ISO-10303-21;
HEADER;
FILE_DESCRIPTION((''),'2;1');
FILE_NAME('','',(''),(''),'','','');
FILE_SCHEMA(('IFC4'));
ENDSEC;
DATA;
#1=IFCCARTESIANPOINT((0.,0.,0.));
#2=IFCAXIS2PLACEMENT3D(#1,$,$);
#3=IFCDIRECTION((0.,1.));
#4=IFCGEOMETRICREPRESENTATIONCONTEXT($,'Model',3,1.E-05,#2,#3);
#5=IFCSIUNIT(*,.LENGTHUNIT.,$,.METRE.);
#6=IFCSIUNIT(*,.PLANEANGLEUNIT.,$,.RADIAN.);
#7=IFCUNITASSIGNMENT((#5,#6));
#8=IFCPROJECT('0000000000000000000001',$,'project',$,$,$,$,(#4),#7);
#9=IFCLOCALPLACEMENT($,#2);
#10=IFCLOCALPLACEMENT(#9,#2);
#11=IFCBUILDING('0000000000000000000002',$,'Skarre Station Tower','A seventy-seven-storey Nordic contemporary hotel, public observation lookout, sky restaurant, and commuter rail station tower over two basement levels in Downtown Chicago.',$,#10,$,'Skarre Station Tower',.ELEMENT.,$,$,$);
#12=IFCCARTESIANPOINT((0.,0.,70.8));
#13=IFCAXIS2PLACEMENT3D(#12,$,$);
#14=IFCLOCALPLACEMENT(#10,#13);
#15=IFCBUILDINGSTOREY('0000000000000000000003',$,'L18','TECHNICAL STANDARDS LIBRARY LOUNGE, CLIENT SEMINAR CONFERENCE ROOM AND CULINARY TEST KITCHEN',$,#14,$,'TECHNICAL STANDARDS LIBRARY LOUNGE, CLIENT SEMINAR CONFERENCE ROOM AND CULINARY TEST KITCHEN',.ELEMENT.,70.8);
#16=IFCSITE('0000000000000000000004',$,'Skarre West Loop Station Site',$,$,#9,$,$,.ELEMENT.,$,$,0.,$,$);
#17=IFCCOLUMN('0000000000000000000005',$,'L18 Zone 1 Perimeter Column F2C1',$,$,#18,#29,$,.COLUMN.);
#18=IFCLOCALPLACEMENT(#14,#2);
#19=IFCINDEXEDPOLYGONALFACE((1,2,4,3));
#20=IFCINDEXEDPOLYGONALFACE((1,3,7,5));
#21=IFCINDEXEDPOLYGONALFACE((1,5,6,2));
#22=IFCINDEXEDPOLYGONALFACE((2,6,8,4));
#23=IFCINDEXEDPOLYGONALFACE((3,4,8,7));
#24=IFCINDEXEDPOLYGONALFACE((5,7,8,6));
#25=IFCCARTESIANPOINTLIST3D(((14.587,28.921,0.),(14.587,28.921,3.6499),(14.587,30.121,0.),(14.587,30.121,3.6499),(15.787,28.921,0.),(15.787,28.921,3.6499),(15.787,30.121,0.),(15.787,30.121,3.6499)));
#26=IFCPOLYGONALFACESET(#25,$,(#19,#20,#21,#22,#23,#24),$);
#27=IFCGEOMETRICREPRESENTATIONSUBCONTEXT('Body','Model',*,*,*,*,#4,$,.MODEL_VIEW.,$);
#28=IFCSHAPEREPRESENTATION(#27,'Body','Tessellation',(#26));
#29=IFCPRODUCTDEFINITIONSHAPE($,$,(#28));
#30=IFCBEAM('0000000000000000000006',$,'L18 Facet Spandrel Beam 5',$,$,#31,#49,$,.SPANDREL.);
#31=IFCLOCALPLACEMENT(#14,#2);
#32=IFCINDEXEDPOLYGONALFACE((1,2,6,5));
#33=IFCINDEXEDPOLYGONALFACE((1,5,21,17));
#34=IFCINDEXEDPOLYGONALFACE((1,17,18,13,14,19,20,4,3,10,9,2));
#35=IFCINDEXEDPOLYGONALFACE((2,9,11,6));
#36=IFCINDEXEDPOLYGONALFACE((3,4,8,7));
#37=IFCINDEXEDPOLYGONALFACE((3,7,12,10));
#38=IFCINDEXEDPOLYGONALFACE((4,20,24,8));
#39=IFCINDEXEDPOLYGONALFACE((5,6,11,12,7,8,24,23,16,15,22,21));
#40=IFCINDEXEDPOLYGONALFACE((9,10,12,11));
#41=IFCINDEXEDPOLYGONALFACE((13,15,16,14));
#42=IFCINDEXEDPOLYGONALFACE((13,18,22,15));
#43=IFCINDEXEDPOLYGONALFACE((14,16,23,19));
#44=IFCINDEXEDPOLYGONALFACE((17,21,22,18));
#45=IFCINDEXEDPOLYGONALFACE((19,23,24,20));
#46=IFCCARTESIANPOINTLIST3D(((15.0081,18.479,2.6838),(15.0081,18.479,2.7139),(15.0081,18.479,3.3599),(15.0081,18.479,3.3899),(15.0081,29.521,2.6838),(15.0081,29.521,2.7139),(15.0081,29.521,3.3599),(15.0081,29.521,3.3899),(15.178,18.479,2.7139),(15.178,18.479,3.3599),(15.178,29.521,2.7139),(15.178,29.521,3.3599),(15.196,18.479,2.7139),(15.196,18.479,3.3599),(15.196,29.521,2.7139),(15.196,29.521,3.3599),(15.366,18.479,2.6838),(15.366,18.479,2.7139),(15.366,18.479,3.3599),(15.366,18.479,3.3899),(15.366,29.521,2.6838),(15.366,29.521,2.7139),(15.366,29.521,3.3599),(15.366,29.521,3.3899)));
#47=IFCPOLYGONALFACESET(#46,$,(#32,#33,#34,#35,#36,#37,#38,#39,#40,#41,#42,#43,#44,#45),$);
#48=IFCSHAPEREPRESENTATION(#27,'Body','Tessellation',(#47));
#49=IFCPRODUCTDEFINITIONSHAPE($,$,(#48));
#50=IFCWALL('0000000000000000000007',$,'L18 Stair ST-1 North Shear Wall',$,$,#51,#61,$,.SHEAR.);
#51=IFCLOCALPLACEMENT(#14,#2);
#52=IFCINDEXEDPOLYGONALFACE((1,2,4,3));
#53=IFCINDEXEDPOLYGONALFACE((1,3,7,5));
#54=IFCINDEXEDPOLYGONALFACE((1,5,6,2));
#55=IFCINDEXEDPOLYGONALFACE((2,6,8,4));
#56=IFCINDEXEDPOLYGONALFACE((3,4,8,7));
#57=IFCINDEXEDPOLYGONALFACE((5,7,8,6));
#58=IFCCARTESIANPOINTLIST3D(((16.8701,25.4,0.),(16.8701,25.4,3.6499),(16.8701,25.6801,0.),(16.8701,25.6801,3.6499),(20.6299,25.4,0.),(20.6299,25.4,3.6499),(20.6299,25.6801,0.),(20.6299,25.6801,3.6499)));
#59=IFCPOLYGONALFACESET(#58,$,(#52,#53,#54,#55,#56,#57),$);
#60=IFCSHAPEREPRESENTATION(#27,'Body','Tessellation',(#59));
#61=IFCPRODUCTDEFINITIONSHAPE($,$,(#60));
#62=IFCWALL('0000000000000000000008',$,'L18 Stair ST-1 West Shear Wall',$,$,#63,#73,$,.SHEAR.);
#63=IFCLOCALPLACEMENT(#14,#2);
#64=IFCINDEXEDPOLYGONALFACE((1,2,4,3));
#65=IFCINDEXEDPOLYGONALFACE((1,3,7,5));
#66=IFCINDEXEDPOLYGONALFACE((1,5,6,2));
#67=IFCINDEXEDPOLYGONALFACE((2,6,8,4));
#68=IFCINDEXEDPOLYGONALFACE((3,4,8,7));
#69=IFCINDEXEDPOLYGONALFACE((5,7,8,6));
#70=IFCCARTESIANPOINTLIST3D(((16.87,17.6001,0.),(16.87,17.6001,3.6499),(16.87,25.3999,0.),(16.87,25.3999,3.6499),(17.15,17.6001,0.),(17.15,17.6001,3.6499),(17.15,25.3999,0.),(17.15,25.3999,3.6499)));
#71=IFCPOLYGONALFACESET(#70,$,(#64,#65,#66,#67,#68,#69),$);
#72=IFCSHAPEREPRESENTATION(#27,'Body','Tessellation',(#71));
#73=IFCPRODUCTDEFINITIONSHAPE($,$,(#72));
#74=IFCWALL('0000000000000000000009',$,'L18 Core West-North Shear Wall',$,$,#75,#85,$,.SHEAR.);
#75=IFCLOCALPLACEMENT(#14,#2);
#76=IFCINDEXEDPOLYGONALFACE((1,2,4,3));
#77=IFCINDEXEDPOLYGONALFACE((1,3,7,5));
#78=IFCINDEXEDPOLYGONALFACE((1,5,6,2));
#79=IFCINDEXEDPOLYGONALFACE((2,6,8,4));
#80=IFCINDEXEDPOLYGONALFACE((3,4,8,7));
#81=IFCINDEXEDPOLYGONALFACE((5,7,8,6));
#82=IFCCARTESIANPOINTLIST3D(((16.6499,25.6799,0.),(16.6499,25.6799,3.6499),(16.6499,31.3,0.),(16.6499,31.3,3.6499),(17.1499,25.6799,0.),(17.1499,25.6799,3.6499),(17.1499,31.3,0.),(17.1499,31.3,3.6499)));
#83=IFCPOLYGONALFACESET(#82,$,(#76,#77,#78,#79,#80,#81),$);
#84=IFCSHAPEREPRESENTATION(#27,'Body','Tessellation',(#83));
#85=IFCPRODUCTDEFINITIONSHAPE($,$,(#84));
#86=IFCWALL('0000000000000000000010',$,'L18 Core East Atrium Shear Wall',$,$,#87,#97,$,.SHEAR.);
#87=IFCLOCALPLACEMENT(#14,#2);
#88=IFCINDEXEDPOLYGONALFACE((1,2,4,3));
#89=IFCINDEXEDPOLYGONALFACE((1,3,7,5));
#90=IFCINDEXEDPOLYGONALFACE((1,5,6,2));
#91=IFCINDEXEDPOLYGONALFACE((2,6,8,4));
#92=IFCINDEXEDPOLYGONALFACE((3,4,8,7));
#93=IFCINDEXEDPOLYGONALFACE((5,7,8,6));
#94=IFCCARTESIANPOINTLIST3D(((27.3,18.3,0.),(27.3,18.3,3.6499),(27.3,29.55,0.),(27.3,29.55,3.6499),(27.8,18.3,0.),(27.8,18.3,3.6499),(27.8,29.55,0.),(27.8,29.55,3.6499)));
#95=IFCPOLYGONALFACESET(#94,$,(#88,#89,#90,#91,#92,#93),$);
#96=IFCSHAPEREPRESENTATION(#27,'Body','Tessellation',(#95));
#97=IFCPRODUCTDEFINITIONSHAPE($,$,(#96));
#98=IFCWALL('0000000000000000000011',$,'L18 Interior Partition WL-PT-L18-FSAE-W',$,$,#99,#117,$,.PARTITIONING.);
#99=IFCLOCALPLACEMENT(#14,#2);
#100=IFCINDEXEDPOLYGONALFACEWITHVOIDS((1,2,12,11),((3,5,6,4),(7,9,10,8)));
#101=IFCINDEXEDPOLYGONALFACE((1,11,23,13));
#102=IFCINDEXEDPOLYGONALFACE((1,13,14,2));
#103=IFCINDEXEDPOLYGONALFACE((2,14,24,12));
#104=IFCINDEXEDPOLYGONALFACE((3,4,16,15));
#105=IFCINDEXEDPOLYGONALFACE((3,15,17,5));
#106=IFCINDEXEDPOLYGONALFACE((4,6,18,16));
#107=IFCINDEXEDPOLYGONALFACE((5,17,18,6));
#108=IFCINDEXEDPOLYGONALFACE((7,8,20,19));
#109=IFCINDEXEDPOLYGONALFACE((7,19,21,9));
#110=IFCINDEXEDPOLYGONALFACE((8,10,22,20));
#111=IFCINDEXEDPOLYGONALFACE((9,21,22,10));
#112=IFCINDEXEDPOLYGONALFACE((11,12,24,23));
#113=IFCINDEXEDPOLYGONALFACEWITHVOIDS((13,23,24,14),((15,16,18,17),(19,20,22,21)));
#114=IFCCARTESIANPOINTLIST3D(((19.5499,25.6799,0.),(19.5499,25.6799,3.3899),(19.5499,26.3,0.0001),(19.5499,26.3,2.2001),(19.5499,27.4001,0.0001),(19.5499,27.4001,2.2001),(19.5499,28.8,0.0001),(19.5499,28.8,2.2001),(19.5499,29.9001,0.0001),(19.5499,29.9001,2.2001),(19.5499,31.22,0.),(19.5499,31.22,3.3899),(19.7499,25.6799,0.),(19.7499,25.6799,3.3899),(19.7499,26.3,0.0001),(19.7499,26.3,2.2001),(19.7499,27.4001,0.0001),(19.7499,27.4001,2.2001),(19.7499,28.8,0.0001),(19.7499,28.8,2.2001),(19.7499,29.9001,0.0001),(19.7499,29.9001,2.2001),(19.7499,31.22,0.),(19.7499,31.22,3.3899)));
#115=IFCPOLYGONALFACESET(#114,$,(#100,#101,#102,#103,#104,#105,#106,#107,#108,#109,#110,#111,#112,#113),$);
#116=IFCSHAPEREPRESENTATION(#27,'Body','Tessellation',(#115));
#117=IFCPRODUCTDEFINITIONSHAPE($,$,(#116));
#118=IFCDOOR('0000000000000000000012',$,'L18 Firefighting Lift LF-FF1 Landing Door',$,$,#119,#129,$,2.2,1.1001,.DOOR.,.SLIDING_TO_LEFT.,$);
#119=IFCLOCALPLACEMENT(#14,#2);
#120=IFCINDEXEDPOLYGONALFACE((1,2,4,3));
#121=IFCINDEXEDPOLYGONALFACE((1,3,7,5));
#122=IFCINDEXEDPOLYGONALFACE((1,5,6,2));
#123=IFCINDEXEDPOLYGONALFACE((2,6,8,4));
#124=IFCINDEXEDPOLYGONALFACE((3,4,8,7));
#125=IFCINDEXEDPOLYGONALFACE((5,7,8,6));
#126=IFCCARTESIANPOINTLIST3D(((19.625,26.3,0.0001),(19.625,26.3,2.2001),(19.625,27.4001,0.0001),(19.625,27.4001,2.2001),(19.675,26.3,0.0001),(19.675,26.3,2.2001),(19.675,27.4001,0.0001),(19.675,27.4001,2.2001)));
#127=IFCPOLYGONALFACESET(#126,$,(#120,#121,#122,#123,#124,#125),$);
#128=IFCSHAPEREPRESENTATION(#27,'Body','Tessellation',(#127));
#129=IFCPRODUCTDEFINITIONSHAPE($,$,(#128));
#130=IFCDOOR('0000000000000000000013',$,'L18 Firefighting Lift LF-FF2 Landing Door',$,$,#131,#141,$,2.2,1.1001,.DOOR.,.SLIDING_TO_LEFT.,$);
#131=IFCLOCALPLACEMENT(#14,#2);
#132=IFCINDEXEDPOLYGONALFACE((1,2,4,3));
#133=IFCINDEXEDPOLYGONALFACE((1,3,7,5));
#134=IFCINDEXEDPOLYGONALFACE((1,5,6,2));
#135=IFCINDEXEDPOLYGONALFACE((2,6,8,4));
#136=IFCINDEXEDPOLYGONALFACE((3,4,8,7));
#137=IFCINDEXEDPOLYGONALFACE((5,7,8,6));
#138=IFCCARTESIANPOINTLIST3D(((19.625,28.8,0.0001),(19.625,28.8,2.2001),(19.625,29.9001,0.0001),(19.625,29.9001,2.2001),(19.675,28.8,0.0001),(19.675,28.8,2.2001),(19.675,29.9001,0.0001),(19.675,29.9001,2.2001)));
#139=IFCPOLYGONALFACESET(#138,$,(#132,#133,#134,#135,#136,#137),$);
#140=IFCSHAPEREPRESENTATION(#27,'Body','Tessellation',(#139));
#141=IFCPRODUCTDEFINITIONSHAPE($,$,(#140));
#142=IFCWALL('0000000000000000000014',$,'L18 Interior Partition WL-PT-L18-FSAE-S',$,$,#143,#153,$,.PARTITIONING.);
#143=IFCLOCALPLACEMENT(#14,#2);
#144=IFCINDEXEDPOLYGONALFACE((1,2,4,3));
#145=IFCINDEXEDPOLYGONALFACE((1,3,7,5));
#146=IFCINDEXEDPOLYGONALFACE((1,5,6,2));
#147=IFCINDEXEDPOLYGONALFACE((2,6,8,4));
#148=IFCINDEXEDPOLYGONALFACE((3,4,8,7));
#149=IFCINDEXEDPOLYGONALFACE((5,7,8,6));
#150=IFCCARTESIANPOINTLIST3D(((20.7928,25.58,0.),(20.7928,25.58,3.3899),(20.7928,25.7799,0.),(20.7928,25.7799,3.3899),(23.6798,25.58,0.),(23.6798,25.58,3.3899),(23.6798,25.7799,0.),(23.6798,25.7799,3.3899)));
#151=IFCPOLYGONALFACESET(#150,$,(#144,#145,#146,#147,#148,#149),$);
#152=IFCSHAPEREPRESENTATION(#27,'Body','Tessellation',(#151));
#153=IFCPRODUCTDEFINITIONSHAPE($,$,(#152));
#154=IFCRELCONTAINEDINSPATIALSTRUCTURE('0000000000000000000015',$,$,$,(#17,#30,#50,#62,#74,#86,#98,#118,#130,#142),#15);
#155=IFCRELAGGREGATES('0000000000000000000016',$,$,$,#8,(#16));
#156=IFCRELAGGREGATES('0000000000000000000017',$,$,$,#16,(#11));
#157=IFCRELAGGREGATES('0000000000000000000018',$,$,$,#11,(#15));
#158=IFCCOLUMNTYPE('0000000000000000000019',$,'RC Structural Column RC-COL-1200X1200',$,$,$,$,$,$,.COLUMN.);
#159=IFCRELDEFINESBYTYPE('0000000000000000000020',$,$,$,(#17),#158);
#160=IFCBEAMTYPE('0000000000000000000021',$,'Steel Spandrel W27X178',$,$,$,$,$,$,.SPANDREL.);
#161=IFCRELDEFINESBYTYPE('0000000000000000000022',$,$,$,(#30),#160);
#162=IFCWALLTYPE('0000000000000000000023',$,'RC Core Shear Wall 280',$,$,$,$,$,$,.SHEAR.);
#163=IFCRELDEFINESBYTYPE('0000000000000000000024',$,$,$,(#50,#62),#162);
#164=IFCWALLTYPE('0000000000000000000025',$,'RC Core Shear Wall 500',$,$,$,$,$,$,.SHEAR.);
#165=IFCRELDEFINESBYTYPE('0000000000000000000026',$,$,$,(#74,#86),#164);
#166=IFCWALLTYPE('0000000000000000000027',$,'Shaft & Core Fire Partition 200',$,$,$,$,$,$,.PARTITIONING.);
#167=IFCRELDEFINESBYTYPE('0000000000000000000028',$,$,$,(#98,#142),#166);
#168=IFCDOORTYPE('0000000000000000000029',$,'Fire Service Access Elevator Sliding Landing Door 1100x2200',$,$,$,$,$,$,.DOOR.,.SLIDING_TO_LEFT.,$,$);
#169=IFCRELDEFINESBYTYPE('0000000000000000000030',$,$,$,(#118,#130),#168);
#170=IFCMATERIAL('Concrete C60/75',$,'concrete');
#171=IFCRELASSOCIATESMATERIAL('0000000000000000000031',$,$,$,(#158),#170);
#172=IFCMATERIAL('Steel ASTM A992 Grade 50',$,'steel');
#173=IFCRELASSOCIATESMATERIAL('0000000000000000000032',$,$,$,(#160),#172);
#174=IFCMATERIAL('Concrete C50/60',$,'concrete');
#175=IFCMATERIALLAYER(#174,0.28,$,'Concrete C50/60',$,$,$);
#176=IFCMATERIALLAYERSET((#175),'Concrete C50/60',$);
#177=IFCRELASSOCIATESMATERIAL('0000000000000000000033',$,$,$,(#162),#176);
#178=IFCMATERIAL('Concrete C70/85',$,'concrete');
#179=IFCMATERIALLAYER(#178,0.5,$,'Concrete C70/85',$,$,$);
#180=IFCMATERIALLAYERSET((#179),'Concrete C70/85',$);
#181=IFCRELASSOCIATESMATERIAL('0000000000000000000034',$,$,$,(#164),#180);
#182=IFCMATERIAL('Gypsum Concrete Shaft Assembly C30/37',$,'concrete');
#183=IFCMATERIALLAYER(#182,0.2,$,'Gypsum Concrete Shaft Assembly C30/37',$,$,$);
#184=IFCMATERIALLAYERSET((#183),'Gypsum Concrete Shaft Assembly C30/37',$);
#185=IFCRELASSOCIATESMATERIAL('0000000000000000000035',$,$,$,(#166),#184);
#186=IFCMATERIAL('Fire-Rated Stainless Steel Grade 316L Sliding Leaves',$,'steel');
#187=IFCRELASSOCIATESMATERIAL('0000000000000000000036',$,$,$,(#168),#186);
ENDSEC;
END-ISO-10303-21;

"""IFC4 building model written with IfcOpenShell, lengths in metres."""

from ifc_helpers import new_model, si_unit, direction, frame, frame_2d, origin, origin_2d, place, context, subcontext, project, spatial, rectangle, i_section, extrude, material, layer, layer_set, material_profile, profile_set, type_object, element, fill, save


model = new_model("IFC4")

# Units and contexts
model_context = context("Model", 3, precision=1e-05, world=origin(), true_north=direction((0.0, 1.0)))
body_context = subcontext(model_context, "Body", "Model", "MODEL_VIEW")
ifc_project = project(units=[si_unit("LENGTHUNIT", "METRE"), si_unit("PLANEANGLEUNIT", "RADIAN")], contexts=[model_context])

# Site, building, storey
site_placement = place(None, origin())
site = spatial("IfcSite", under=ifc_project, at=site_placement, Name="Skarre West Loop Station Site", CompositionType="ELEMENT", RefElevation=0.0)
building_placement = place(site_placement, origin())
building = spatial("IfcBuilding", under=site, at=building_placement, Name="Skarre Station Tower", Description="A seventy-seven-storey Nordic contemporary hotel, public observation lookout, sky restaurant, and commuter rail station tower over two basement levels in Downtown Chicago.", LongName="Skarre Station Tower", CompositionType="ELEMENT")
storey_placement = place(building_placement, frame((0.0, 0.0, 70.8)))
storey = spatial("IfcBuildingStorey", under=building, at=storey_placement, Name="L18", Description="TECHNICAL STANDARDS LIBRARY LOUNGE, CLIENT SEMINAR CONFERENCE ROOM AND CULINARY TEST KITCHEN", LongName="TECHNICAL STANDARDS LIBRARY LOUNGE, CLIENT SEMINAR CONFERENCE ROOM AND CULINARY TEST KITCHEN", CompositionType="ELEMENT", Elevation=70.8)

# Column
ifc_material_1 = material(Name="Concrete C60/75", Category="concrete")
ifc_material_profile_1 = material_profile(ifc_material_1, rectangle(XDim=1.2, YDim=1.2, at=origin_2d()), Name="Concrete C60/75")
ifc_profile_set_1 = profile_set([ifc_material_profile_1], Name="Concrete C60/75")
column_type = type_object("IfcColumnType", Name="RC Structural Column RC-COL-1200X1200", PredefinedType="COLUMN", material=ifc_profile_set_1)
column_placement = place(storey_placement, frame((15.187, 29.521, 0.0), z_axis=(0.0, 0.0, 1.0), x_axis=(1.0, 0.0, 0.0)))
element("IfcColumn", 1, at=column_placement, inside=storey, type_object=column_type, Name="L18 Zone 1 Perimeter Column F2C1", PredefinedType="COLUMN", context=body_context, shape_type="SweptSolid", body=[
    extrude(rectangle(XDim=1.2, YDim=1.2, at=origin_2d()), origin(), (0.0, 0.0, 1.0), 3.6499),
])

# Beam
ifc_material_2 = material(Name="Steel ASTM A992 Grade 50", Category="steel")
ifc_material_profile_2 = material_profile(ifc_material_2, i_section(OverallWidth=0.3579, OverallDepth=0.7061, WebThickness=0.0181, FlangeThickness=0.03, at=origin_2d()), Name="Steel ASTM A992 Grade 50")
ifc_profile_set_2 = profile_set([ifc_material_profile_2], Name="Steel ASTM A992 Grade 50")
beam_type = type_object("IfcBeamType", Name="Steel Spandrel W27X178", PredefinedType="SPANDREL", material=ifc_profile_set_2)
beam_placement = place(storey_placement, frame((15.187, 29.521, 3.0369), z_axis=(0.0, -1.0, 0.0), x_axis=(1.0, 0.0, 0.0)))
element("IfcBeam", 2, at=beam_placement, inside=storey, type_object=beam_type, Name="L18 Facet Spandrel Beam 5", PredefinedType="SPANDREL", context=body_context, shape_type="SweptSolid", body=[
    extrude(i_section(OverallWidth=0.3579, OverallDepth=0.7061, WebThickness=0.0181, FlangeThickness=0.03, at=origin_2d()), origin(), (0.0, 0.0, 1.0), 11.042),
])

# Walls
ifc_material_3 = material(Name="Concrete C50/60", Category="concrete")
ifc_layer_1 = layer(ifc_material_3, 0.28, Name="Concrete C50/60")
ifc_layer_set_1 = layer_set([ifc_layer_1], Name="Concrete C50/60")
wall_type_1 = type_object("IfcWallType", Name="RC Core Shear Wall 280", PredefinedType="SHEAR", material=ifc_layer_set_1)
wall_1_placement = place(storey_placement, frame((20.6299, 25.54, 0.0), z_axis=(0.0, 0.0, 1.0), x_axis=(-1.0, 0.0, 0.0)))
element("IfcWall", 3, at=wall_1_placement, inside=storey, type_object=wall_type_1, Name="L18 Stair ST-1 North Shear Wall", PredefinedType="SHEAR", context=body_context, shape_type="SweptSolid", body=[
    extrude(rectangle(XDim=3.7598, YDim=0.28, at=frame_2d((1.8799, 0.0))), origin(), (0.0, 0.0, 1.0), 3.6499),
])
wall_2_placement = place(storey_placement, frame((17.01, 25.3999, 0.0), z_axis=(0.0, 0.0, 1.0), x_axis=(0.0, -1.0, 0.0)))
element("IfcWall", 4, at=wall_2_placement, inside=storey, type_object=wall_type_1, Name="L18 Stair ST-1 West Shear Wall", PredefinedType="SHEAR", context=body_context, shape_type="SweptSolid", body=[
    extrude(rectangle(XDim=7.7998, YDim=0.28, at=frame_2d((3.8999, 0.0))), origin(), (0.0, 0.0, 1.0), 3.6499),
])
ifc_material_4 = material(Name="Concrete C70/85", Category="concrete")
ifc_layer_2 = layer(ifc_material_4, 0.5, Name="Concrete C70/85")
ifc_layer_set_2 = layer_set([ifc_layer_2], Name="Concrete C70/85")
wall_type_2 = type_object("IfcWallType", Name="RC Core Shear Wall 500", PredefinedType="SHEAR", material=ifc_layer_set_2)
wall_3_placement = place(storey_placement, frame((16.8999, 25.6799, 0.0), z_axis=(0.0, 0.0, 1.0), x_axis=(0.0, 1.0, 0.0)))
element("IfcWall", 5, at=wall_3_placement, inside=storey, type_object=wall_type_2, Name="L18 Core West-North Shear Wall", PredefinedType="SHEAR", context=body_context, shape_type="SweptSolid", body=[
    extrude(rectangle(XDim=5.6201, YDim=0.5, at=frame_2d((2.8101, 0.0))), origin(), (0.0, 0.0, 1.0), 3.6499),
])
wall_4_placement = place(storey_placement, frame((27.55, 29.55, 0.0), z_axis=(0.0, 0.0, 1.0), x_axis=(0.0, -1.0, 0.0)))
element("IfcWall", 6, at=wall_4_placement, inside=storey, type_object=wall_type_2, Name="L18 Core East Atrium Shear Wall", PredefinedType="SHEAR", context=body_context, shape_type="SweptSolid", body=[
    extrude(rectangle(XDim=11.25, YDim=0.5, at=frame_2d((5.625, 0.0))), origin(), (0.0, 0.0, 1.0), 3.6499),
])

# Wall, openings, doors
ifc_material_5 = material(Name="Gypsum Concrete Shaft Assembly C30/37", Category="concrete")
ifc_layer_3 = layer(ifc_material_5, 0.2, Name="Gypsum Concrete Shaft Assembly C30/37")
ifc_layer_set_3 = layer_set([ifc_layer_3], Name="Gypsum Concrete Shaft Assembly C30/37")
wall_type_3 = type_object("IfcWallType", Name="Shaft & Core Fire Partition 200", PredefinedType="PARTITIONING", material=ifc_layer_set_3)
wall_5_placement = place(storey_placement, frame((19.6499, 25.6799, 0.0), z_axis=(0.0, 0.0, 1.0), x_axis=(0.0, 1.0, 0.0)))
wall_5 = element("IfcWall", 7, at=wall_5_placement, inside=storey, type_object=wall_type_3, Name="L18 Interior Partition WL-PT-L18-FSAE-W", PredefinedType="PARTITIONING", context=body_context, shape_type="SweptSolid", body=[
    extrude(rectangle(XDim=5.54, YDim=0.2, at=frame_2d((2.77, 0.0))), origin(), (0.0, 0.0, 1.0), 3.3899),
])
opening_1_placement = place(wall_5_placement, frame((0.6201, 0.0, 0.0)))
opening_1 = element("IfcOpeningElement", 8, at=opening_1_placement, cuts=wall_5, PredefinedType="OPENING", context=body_context, shape_type="SweptSolid", body=[
    extrude(rectangle(XDim=1.1001, YDim=2.2, at=frame_2d((0.55, 1.1001))), frame((0.0, 0.1099, 0.0), z_axis=(0.0, -1.0, 0.0), x_axis=(1.0, 0.0, 0.0)), (0.0, 0.0, 1.0), 0.22),
])
opening_2_placement = place(wall_5_placement, frame((3.1201, 0.0, 0.0)))
opening_2 = element("IfcOpeningElement", 9, at=opening_2_placement, cuts=wall_5, PredefinedType="OPENING", context=body_context, shape_type="SweptSolid", body=[
    extrude(rectangle(XDim=1.1001, YDim=2.2, at=frame_2d((0.55, 1.1001))), frame((0.0, 0.1099, 0.0), z_axis=(0.0, -1.0, 0.0), x_axis=(1.0, 0.0, 0.0)), (0.0, 0.0, 1.0), 0.22),
])
ifc_material_6 = material(Name="Fire-Rated Stainless Steel Grade 316L Sliding Leaves", Category="steel")
door_type_1 = type_object("IfcDoorType", Name="Fire Service Access Elevator Sliding Landing Door 1100x2200", OperationType="SLIDING_TO_LEFT", PredefinedType="DOOR", material=ifc_material_6)
door_1_placement = place(opening_1_placement, origin())
door_1 = element("IfcDoor", 10, at=door_1_placement, inside=storey, type_object=door_type_1, Name="L18 Firefighting Lift LF-FF1 Landing Door", OperationType="SLIDING_TO_LEFT", OverallHeight=2.2, OverallWidth=1.1001, PredefinedType="DOOR", context=body_context, shape_type="SweptSolid", body=[
    extrude(rectangle(XDim=1.1001, YDim=2.2, at=frame_2d((0.55, 1.1001))), frame((0.0, 0.0249, 0.0), z_axis=(0.0, -1.0, 0.0), x_axis=(1.0, 0.0, 0.0)), (0.0, 0.0, 1.0), 0.05),
])
fill(opening_1, door_1)
door_2_placement = place(opening_2_placement, origin())
door_2 = element("IfcDoor", 11, at=door_2_placement, inside=storey, type_object=door_type_1, Name="L18 Firefighting Lift LF-FF2 Landing Door", OperationType="SLIDING_TO_LEFT", OverallHeight=2.2, OverallWidth=1.1001, PredefinedType="DOOR", context=body_context, shape_type="SweptSolid", body=[
    extrude(rectangle(XDim=1.1001, YDim=2.2, at=frame_2d((0.55, 1.1001))), frame((0.0, 0.0249, 0.0), z_axis=(0.0, -1.0, 0.0), x_axis=(1.0, 0.0, 0.0)), (0.0, 0.0, 1.0), 0.05),
])
fill(opening_2, door_2)

# Wall
wall_6_placement = place(storey_placement, frame((20.793, 25.6799, 0.0), z_axis=(0.0, 0.0, 1.0), x_axis=(1.0, 0.0, 0.0)))
element("IfcWall", 12, at=wall_6_placement, inside=storey, type_object=wall_type_3, Name="L18 Interior Partition WL-PT-L18-FSAE-S", PredefinedType="PARTITIONING", context=body_context, shape_type="SweptSolid", body=[
    extrude(rectangle(XDim=2.887, YDim=0.2, at=frame_2d((1.4434, 0.0))), origin(), (0.0, 0.0, 1.0), 3.3899),
])

save(model, "model.ifc")
